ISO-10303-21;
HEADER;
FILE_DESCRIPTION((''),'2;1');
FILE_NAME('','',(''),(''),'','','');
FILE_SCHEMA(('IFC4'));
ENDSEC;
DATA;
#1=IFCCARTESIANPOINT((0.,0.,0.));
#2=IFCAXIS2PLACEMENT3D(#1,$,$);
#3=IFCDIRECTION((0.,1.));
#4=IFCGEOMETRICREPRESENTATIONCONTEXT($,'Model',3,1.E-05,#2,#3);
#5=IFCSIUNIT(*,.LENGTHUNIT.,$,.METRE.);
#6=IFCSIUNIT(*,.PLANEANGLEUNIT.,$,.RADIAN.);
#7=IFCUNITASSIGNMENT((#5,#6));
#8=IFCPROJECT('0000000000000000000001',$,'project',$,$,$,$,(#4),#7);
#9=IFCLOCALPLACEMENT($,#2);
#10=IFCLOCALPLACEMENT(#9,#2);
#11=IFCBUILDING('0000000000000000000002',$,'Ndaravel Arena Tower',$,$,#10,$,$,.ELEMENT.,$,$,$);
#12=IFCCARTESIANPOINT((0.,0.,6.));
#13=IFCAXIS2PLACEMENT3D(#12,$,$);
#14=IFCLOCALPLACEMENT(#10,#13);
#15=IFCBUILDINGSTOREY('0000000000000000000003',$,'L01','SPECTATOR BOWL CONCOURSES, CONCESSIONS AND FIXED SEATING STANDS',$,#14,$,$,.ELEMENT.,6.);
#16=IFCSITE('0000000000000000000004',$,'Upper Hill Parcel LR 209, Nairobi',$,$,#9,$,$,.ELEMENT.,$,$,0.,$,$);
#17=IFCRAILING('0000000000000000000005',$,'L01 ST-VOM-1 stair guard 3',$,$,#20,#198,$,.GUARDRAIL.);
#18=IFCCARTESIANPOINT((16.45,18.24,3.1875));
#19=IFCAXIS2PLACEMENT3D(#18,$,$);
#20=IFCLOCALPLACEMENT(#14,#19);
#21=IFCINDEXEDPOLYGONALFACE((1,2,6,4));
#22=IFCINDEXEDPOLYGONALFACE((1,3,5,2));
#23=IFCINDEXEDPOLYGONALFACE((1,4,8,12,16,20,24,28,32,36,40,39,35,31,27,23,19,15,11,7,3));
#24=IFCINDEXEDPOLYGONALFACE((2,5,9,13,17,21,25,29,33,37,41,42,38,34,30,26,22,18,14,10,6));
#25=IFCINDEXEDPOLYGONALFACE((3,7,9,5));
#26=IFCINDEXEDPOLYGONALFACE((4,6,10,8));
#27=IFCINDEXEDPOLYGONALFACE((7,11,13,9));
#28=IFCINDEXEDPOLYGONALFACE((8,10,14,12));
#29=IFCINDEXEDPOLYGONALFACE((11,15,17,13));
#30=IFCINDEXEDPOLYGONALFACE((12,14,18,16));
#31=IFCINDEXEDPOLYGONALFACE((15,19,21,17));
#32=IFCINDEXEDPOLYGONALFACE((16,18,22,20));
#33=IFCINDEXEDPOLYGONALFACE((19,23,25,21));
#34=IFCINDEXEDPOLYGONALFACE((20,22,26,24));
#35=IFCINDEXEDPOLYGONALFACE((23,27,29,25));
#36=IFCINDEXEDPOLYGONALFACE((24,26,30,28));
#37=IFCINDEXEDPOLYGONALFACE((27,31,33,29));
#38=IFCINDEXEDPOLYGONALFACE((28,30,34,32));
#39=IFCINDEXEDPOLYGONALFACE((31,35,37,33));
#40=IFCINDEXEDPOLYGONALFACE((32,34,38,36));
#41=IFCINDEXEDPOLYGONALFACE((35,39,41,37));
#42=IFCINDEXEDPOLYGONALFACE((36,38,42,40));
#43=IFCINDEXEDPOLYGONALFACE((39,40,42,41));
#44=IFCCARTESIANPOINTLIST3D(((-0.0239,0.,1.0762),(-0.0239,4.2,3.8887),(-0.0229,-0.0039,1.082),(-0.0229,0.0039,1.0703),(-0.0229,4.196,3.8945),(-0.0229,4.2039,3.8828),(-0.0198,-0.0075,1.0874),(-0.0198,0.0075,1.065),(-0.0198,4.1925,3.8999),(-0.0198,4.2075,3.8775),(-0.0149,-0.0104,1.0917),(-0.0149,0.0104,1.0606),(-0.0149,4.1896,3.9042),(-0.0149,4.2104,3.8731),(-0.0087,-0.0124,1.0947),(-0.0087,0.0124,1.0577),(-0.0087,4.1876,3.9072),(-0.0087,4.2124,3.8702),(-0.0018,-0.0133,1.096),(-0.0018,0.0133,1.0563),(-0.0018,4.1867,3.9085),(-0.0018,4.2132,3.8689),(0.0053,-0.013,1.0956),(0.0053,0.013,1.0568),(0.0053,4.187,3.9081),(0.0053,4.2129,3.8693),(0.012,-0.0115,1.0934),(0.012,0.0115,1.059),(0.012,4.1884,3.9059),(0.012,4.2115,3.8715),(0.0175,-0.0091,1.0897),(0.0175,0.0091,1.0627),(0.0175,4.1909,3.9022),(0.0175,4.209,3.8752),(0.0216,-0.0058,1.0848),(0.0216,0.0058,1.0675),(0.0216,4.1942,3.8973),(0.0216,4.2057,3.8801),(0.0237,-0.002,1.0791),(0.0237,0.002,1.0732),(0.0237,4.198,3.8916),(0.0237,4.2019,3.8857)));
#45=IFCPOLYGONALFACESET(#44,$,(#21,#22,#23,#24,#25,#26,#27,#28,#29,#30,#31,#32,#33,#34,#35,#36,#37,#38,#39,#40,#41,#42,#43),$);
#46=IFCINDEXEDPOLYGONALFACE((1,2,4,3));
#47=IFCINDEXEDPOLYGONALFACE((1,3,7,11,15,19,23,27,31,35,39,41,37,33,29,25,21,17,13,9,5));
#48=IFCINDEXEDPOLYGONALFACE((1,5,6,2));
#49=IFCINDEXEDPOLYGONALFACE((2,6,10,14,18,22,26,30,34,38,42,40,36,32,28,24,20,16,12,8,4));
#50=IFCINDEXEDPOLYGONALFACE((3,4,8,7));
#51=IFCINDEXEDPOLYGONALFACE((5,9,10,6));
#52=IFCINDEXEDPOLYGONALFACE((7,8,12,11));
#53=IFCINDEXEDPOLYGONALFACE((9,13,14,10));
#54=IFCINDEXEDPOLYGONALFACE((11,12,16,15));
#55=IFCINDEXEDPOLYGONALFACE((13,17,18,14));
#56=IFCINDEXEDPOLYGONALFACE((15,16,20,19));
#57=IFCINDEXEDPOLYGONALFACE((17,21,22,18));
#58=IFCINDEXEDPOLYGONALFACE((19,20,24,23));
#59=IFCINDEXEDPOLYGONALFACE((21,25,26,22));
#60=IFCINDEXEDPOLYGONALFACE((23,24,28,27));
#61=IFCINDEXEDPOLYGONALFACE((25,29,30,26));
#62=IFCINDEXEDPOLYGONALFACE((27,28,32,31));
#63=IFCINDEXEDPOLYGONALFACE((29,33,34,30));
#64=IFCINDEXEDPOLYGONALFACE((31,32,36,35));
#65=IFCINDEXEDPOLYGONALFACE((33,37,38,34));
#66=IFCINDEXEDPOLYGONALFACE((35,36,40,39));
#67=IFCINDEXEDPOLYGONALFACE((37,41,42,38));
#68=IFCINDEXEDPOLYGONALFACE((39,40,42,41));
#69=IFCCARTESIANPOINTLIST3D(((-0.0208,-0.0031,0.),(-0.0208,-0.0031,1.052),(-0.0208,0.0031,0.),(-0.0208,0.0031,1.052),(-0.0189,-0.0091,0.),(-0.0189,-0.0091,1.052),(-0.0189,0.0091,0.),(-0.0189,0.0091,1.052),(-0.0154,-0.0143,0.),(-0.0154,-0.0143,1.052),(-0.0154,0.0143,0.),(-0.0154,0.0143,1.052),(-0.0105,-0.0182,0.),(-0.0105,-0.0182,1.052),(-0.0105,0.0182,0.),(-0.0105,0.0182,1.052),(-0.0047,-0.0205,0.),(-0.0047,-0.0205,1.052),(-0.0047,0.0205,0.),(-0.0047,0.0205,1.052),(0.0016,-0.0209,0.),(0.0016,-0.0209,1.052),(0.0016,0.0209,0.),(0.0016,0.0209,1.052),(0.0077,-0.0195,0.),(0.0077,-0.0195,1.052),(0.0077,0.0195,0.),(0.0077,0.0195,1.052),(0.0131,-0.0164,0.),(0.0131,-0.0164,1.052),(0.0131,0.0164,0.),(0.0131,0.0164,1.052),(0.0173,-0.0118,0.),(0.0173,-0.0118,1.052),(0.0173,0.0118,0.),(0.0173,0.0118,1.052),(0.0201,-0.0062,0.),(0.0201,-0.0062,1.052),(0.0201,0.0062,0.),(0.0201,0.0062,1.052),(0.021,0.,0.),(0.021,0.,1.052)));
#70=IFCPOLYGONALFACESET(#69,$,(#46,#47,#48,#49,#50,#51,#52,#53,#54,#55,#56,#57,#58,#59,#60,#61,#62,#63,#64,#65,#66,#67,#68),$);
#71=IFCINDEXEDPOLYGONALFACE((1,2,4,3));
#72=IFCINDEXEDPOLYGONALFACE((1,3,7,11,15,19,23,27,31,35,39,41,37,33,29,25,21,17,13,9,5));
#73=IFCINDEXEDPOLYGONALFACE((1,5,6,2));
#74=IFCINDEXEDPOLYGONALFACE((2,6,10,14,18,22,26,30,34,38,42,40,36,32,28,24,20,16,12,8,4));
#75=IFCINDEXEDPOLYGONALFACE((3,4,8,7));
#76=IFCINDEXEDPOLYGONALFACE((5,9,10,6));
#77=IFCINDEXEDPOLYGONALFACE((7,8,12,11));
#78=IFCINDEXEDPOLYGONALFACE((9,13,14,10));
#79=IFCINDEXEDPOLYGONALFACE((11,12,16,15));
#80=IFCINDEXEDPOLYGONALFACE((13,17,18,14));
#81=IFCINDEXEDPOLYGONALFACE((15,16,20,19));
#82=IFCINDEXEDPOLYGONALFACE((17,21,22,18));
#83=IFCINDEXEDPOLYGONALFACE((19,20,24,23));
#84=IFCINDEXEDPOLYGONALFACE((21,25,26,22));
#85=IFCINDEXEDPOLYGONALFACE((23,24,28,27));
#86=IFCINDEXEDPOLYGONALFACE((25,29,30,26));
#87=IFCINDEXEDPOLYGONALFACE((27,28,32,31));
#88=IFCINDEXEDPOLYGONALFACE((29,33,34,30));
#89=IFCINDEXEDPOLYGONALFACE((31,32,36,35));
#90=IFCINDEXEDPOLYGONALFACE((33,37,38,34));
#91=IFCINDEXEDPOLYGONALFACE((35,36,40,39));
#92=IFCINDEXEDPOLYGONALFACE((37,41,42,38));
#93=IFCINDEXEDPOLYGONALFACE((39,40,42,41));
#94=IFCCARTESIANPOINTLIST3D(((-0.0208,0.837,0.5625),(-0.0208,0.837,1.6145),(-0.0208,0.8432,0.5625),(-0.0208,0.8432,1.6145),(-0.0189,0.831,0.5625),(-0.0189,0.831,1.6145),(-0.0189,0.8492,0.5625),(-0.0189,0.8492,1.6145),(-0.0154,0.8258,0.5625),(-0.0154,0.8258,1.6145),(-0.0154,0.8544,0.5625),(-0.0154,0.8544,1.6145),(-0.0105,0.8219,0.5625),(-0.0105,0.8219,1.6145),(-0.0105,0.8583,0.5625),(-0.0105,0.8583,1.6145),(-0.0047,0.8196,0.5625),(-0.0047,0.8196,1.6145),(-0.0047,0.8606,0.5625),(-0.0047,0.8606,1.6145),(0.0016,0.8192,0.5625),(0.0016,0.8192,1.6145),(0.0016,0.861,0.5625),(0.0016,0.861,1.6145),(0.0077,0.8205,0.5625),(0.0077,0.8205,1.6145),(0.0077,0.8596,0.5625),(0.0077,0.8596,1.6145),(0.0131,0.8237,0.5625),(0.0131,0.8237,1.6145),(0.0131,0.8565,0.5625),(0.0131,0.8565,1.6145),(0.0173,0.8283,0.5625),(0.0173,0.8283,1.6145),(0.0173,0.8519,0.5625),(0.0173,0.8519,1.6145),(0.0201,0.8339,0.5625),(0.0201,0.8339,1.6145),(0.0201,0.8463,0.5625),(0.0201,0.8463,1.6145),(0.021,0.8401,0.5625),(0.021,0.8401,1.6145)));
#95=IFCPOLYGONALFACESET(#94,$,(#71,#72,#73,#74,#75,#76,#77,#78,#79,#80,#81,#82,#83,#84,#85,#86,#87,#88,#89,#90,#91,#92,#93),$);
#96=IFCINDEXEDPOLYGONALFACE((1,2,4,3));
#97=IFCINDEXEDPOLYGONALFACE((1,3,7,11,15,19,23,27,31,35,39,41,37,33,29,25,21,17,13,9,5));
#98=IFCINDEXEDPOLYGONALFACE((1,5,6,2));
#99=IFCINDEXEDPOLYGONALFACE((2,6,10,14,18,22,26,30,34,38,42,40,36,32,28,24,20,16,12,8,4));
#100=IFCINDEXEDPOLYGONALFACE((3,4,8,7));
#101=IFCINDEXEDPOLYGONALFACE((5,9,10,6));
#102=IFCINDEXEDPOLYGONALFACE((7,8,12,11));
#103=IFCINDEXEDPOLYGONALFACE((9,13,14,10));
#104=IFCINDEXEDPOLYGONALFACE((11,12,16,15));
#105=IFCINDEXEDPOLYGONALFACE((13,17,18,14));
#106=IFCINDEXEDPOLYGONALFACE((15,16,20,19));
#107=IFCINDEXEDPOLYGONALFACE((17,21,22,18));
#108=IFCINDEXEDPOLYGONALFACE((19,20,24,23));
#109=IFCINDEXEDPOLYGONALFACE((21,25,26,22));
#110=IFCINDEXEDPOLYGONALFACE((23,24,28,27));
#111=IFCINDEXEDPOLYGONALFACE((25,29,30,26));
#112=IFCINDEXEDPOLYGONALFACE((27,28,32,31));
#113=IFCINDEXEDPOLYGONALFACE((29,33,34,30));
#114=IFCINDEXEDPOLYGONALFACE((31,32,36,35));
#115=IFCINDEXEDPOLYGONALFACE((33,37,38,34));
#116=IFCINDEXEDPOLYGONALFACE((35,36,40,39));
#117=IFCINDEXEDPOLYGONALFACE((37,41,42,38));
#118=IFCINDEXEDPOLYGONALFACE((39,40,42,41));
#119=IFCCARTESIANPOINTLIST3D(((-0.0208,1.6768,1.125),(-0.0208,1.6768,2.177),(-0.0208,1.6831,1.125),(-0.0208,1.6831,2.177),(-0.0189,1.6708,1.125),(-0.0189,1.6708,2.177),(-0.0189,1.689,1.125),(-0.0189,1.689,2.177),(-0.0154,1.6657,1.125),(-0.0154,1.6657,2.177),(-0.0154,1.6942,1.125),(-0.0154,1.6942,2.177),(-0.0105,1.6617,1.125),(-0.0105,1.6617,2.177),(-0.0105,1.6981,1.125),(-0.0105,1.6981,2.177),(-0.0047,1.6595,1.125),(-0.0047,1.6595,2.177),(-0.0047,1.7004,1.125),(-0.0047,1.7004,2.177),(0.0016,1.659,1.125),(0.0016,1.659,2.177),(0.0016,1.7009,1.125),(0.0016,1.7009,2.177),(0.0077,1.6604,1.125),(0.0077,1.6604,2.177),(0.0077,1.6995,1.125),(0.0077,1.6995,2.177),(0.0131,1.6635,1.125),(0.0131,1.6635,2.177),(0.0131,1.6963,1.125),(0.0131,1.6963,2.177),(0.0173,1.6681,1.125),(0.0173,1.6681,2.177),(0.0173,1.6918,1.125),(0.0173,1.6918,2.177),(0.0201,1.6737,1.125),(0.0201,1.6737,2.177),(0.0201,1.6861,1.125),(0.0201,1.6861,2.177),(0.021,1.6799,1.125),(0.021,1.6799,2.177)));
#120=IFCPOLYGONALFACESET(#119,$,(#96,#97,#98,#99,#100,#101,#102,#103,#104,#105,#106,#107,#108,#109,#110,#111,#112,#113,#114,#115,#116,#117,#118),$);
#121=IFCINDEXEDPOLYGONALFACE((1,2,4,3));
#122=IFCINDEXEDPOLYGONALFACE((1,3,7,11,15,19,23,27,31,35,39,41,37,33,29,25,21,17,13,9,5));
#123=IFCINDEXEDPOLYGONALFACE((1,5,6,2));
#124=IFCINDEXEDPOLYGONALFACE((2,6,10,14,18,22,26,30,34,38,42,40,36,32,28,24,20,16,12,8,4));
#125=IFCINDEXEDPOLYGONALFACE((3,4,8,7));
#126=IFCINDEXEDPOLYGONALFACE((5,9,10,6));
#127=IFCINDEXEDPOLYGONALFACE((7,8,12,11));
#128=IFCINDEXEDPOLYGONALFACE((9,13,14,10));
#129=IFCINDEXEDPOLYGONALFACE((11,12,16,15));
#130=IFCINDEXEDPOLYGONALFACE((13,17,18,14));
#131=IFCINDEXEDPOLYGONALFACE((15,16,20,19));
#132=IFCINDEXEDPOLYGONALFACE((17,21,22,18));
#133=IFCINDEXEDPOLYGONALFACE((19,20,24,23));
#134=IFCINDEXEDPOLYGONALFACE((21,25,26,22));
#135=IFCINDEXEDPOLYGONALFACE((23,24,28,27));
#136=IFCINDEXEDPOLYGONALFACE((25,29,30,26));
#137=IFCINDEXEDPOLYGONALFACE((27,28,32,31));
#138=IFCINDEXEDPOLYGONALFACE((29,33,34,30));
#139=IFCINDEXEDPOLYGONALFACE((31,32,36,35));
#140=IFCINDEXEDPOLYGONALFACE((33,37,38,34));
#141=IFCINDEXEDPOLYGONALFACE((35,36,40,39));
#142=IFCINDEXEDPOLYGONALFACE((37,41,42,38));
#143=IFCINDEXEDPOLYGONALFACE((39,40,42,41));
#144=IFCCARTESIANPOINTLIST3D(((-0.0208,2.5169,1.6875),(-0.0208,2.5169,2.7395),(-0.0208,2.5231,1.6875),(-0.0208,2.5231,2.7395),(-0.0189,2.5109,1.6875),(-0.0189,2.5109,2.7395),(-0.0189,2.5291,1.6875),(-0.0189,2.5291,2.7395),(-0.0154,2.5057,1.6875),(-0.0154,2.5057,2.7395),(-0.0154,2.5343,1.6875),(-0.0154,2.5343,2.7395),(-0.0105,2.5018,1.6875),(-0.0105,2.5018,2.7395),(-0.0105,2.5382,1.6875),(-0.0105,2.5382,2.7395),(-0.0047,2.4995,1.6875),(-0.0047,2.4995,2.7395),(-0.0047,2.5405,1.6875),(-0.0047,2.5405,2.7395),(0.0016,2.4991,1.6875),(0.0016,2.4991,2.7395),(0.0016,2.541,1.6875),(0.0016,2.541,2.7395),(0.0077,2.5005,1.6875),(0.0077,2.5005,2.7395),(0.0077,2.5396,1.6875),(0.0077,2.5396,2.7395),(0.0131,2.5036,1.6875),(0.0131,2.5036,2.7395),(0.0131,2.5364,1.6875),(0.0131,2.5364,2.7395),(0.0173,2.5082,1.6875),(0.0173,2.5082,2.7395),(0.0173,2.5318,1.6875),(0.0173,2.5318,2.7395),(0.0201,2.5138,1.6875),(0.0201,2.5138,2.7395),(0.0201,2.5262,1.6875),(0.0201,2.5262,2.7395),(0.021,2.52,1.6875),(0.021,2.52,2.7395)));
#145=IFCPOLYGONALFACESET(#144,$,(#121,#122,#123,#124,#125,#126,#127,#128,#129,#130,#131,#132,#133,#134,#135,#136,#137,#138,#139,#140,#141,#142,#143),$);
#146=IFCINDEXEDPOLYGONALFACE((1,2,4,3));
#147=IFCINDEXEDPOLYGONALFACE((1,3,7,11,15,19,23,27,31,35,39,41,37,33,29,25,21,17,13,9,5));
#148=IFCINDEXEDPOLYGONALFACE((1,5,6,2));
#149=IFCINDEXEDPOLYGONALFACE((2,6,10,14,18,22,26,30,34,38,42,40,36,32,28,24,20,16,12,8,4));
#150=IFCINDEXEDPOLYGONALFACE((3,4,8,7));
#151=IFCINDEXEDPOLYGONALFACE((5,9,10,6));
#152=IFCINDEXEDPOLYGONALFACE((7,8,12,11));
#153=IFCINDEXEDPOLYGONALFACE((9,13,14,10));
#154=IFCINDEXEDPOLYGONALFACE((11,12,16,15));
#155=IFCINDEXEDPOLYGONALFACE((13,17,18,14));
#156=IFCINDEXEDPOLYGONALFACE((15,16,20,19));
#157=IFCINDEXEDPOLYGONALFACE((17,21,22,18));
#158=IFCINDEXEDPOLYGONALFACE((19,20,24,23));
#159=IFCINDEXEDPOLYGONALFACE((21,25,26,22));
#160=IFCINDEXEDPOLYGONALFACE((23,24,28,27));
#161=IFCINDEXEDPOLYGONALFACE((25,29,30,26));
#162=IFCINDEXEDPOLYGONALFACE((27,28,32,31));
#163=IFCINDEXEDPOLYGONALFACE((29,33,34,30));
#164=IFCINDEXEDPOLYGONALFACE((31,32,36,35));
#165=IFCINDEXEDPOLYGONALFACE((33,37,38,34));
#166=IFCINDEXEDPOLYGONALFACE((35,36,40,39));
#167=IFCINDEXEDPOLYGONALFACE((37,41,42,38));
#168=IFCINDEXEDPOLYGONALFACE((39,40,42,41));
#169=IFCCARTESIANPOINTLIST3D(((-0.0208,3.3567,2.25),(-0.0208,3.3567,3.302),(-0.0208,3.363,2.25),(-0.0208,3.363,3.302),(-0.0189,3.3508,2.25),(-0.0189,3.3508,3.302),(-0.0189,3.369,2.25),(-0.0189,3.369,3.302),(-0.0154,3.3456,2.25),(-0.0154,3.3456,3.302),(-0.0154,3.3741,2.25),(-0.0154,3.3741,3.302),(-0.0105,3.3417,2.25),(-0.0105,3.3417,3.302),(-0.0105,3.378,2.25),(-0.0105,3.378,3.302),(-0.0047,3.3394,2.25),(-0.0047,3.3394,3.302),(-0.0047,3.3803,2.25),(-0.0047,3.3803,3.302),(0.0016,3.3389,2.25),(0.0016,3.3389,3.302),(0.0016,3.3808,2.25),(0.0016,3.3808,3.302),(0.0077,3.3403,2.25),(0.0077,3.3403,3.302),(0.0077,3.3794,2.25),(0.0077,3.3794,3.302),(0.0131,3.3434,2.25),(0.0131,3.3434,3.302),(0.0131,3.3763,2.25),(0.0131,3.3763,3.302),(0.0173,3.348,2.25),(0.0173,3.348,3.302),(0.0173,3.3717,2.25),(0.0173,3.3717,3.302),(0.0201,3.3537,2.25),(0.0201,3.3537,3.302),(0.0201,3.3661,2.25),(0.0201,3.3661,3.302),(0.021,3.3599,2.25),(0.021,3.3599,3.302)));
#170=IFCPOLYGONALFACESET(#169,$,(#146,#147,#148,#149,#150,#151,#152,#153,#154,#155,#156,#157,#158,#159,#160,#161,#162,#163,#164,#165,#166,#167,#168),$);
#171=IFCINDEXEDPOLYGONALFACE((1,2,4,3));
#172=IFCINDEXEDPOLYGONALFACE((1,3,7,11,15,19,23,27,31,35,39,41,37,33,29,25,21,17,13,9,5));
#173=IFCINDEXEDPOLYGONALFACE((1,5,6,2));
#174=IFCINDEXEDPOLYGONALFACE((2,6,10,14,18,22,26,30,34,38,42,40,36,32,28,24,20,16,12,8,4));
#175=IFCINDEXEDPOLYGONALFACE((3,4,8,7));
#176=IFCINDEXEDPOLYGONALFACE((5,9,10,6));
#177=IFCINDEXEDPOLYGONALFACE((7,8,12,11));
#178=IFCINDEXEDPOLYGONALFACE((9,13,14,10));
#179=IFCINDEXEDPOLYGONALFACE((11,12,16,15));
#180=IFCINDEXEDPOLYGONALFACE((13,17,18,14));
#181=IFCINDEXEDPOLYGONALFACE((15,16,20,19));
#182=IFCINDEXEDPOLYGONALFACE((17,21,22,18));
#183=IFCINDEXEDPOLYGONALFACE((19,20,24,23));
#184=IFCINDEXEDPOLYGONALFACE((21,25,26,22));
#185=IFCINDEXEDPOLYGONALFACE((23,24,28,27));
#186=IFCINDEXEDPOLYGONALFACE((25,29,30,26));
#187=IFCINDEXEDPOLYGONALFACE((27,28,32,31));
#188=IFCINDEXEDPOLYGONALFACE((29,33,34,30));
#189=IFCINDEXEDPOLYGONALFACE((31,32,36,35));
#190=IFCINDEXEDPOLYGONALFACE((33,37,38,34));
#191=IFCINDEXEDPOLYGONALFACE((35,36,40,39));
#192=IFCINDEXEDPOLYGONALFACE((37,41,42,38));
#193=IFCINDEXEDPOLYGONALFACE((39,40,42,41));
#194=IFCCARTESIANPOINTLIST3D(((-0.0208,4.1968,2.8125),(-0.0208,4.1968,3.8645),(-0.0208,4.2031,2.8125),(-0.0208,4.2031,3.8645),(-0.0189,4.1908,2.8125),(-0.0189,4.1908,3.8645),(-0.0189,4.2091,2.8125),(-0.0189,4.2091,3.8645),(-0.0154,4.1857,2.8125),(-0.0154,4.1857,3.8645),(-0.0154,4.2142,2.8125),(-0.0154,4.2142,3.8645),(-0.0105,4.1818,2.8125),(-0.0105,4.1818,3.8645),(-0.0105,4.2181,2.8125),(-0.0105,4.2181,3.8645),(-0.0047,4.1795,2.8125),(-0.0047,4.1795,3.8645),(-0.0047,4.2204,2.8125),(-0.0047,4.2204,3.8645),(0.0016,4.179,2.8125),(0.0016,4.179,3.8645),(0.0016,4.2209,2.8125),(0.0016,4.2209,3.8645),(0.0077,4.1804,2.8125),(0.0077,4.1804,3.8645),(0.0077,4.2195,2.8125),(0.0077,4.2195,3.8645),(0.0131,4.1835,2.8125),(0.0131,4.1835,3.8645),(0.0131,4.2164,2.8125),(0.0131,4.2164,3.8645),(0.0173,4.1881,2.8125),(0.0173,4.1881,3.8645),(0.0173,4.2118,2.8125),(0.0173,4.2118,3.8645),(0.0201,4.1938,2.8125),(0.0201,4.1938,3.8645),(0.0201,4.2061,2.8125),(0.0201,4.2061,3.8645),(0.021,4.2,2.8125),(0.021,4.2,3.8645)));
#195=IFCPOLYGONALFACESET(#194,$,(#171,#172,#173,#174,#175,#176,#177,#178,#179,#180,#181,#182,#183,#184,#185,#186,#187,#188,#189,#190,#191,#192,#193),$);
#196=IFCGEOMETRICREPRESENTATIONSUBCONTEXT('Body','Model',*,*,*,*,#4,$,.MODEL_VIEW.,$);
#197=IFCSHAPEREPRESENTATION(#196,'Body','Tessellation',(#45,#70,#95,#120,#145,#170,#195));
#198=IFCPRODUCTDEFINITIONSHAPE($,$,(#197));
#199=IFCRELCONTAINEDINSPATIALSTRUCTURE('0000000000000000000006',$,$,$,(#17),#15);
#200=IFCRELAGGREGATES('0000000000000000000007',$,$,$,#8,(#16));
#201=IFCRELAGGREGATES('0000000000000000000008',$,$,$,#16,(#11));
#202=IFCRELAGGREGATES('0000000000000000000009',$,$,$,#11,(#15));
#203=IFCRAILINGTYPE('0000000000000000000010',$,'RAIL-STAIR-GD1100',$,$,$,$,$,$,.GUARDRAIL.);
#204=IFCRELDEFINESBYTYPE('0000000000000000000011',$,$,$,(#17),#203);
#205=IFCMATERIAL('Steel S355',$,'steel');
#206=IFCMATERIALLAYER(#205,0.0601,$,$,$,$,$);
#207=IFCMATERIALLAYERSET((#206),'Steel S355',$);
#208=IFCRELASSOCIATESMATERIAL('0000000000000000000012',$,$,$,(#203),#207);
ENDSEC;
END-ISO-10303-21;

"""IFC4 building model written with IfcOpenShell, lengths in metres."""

from ifc_helpers import new_model, si_unit, direction, frame, origin, origin_2d, place, context, subcontext, project, spatial, circle, extrude, material, layer, layer_set, type_object, element, save


model = new_model("IFC4")

# Units and contexts
model_context = context("Model", 3, precision=1e-05, world=origin(), true_north=direction((0.0, 1.0)))
body_context = subcontext(model_context, "Body", "Model", "MODEL_VIEW")
ifc_project = project(units=[si_unit("LENGTHUNIT", "METRE"), si_unit("PLANEANGLEUNIT", "RADIAN")], contexts=[model_context])

# Site, building, storey
site_placement = place(None, origin())
site = spatial("IfcSite", under=ifc_project, at=site_placement, Name="Upper Hill Parcel LR 209, Nairobi", CompositionType="ELEMENT", RefElevation=0.0)
building_placement = place(site_placement, origin())
building = spatial("IfcBuilding", under=site, at=building_placement, Name="Ndaravel Arena Tower", CompositionType="ELEMENT")
storey_placement = place(building_placement, frame((0.0, 0.0, 6.0)))
storey = spatial("IfcBuildingStorey", under=building, at=storey_placement, Name="L01", Description="SPECTATOR BOWL CONCOURSES, CONCESSIONS AND FIXED SEATING STANDS", CompositionType="ELEMENT", Elevation=6.0)

# Railing
ifc_material_1 = material(Name="Steel S355", Category="steel")
ifc_layer_1 = layer(ifc_material_1, 0.0601)
ifc_layer_set_1 = layer_set([ifc_layer_1], Name="Steel S355")
railing_type_1 = type_object("IfcRailingType", Name="RAIL-STAIR-GD1100", PredefinedType="GUARDRAIL", material=ifc_layer_set_1)
railing_1_placement = place(storey_placement, frame((16.45, 18.24, 3.1875)))
element("IfcRailing", 1, at=railing_1_placement, inside=storey, type_object=railing_type_1, Name="L01 ST-VOM-1 stair guard 3", PredefinedType="GUARDRAIL", context=body_context, shape_type="SweptSolid", body=[
    extrude(circle(Radius=0.0239, at=origin_2d()), frame((0.0, 0.0, 1.0762), z_axis=(0.0, 0.830904, 0.556416), x_axis=(-1.0, 0.0, 0.0)), (0.0, 0.0, 1.0), 5.0547),
    extrude(circle(Radius=0.021, at=origin_2d()), origin(), (0.0, 0.0, 1.0), 1.052),
    extrude(circle(Radius=0.021, at=origin_2d()), frame((0.0, 0.8401, 0.5625)), (0.0, 0.0, 1.0), 1.052),
    extrude(circle(Radius=0.021, at=origin_2d()), frame((0.0, 1.6799, 1.125)), (0.0, 0.0, 1.0), 1.052),
    extrude(circle(Radius=0.021, at=origin_2d()), frame((0.0, 2.52, 1.6875)), (0.0, 0.0, 1.0), 1.052),
    extrude(circle(Radius=0.021, at=origin_2d()), frame((0.0, 3.3599, 2.25)), (0.0, 0.0, 1.0), 1.052),
    extrude(circle(Radius=0.021, at=origin_2d()), frame((0.0, 4.2, 2.8125)), (0.0, 0.0, 1.0), 1.052),
])

save(model, "model.ifc")
